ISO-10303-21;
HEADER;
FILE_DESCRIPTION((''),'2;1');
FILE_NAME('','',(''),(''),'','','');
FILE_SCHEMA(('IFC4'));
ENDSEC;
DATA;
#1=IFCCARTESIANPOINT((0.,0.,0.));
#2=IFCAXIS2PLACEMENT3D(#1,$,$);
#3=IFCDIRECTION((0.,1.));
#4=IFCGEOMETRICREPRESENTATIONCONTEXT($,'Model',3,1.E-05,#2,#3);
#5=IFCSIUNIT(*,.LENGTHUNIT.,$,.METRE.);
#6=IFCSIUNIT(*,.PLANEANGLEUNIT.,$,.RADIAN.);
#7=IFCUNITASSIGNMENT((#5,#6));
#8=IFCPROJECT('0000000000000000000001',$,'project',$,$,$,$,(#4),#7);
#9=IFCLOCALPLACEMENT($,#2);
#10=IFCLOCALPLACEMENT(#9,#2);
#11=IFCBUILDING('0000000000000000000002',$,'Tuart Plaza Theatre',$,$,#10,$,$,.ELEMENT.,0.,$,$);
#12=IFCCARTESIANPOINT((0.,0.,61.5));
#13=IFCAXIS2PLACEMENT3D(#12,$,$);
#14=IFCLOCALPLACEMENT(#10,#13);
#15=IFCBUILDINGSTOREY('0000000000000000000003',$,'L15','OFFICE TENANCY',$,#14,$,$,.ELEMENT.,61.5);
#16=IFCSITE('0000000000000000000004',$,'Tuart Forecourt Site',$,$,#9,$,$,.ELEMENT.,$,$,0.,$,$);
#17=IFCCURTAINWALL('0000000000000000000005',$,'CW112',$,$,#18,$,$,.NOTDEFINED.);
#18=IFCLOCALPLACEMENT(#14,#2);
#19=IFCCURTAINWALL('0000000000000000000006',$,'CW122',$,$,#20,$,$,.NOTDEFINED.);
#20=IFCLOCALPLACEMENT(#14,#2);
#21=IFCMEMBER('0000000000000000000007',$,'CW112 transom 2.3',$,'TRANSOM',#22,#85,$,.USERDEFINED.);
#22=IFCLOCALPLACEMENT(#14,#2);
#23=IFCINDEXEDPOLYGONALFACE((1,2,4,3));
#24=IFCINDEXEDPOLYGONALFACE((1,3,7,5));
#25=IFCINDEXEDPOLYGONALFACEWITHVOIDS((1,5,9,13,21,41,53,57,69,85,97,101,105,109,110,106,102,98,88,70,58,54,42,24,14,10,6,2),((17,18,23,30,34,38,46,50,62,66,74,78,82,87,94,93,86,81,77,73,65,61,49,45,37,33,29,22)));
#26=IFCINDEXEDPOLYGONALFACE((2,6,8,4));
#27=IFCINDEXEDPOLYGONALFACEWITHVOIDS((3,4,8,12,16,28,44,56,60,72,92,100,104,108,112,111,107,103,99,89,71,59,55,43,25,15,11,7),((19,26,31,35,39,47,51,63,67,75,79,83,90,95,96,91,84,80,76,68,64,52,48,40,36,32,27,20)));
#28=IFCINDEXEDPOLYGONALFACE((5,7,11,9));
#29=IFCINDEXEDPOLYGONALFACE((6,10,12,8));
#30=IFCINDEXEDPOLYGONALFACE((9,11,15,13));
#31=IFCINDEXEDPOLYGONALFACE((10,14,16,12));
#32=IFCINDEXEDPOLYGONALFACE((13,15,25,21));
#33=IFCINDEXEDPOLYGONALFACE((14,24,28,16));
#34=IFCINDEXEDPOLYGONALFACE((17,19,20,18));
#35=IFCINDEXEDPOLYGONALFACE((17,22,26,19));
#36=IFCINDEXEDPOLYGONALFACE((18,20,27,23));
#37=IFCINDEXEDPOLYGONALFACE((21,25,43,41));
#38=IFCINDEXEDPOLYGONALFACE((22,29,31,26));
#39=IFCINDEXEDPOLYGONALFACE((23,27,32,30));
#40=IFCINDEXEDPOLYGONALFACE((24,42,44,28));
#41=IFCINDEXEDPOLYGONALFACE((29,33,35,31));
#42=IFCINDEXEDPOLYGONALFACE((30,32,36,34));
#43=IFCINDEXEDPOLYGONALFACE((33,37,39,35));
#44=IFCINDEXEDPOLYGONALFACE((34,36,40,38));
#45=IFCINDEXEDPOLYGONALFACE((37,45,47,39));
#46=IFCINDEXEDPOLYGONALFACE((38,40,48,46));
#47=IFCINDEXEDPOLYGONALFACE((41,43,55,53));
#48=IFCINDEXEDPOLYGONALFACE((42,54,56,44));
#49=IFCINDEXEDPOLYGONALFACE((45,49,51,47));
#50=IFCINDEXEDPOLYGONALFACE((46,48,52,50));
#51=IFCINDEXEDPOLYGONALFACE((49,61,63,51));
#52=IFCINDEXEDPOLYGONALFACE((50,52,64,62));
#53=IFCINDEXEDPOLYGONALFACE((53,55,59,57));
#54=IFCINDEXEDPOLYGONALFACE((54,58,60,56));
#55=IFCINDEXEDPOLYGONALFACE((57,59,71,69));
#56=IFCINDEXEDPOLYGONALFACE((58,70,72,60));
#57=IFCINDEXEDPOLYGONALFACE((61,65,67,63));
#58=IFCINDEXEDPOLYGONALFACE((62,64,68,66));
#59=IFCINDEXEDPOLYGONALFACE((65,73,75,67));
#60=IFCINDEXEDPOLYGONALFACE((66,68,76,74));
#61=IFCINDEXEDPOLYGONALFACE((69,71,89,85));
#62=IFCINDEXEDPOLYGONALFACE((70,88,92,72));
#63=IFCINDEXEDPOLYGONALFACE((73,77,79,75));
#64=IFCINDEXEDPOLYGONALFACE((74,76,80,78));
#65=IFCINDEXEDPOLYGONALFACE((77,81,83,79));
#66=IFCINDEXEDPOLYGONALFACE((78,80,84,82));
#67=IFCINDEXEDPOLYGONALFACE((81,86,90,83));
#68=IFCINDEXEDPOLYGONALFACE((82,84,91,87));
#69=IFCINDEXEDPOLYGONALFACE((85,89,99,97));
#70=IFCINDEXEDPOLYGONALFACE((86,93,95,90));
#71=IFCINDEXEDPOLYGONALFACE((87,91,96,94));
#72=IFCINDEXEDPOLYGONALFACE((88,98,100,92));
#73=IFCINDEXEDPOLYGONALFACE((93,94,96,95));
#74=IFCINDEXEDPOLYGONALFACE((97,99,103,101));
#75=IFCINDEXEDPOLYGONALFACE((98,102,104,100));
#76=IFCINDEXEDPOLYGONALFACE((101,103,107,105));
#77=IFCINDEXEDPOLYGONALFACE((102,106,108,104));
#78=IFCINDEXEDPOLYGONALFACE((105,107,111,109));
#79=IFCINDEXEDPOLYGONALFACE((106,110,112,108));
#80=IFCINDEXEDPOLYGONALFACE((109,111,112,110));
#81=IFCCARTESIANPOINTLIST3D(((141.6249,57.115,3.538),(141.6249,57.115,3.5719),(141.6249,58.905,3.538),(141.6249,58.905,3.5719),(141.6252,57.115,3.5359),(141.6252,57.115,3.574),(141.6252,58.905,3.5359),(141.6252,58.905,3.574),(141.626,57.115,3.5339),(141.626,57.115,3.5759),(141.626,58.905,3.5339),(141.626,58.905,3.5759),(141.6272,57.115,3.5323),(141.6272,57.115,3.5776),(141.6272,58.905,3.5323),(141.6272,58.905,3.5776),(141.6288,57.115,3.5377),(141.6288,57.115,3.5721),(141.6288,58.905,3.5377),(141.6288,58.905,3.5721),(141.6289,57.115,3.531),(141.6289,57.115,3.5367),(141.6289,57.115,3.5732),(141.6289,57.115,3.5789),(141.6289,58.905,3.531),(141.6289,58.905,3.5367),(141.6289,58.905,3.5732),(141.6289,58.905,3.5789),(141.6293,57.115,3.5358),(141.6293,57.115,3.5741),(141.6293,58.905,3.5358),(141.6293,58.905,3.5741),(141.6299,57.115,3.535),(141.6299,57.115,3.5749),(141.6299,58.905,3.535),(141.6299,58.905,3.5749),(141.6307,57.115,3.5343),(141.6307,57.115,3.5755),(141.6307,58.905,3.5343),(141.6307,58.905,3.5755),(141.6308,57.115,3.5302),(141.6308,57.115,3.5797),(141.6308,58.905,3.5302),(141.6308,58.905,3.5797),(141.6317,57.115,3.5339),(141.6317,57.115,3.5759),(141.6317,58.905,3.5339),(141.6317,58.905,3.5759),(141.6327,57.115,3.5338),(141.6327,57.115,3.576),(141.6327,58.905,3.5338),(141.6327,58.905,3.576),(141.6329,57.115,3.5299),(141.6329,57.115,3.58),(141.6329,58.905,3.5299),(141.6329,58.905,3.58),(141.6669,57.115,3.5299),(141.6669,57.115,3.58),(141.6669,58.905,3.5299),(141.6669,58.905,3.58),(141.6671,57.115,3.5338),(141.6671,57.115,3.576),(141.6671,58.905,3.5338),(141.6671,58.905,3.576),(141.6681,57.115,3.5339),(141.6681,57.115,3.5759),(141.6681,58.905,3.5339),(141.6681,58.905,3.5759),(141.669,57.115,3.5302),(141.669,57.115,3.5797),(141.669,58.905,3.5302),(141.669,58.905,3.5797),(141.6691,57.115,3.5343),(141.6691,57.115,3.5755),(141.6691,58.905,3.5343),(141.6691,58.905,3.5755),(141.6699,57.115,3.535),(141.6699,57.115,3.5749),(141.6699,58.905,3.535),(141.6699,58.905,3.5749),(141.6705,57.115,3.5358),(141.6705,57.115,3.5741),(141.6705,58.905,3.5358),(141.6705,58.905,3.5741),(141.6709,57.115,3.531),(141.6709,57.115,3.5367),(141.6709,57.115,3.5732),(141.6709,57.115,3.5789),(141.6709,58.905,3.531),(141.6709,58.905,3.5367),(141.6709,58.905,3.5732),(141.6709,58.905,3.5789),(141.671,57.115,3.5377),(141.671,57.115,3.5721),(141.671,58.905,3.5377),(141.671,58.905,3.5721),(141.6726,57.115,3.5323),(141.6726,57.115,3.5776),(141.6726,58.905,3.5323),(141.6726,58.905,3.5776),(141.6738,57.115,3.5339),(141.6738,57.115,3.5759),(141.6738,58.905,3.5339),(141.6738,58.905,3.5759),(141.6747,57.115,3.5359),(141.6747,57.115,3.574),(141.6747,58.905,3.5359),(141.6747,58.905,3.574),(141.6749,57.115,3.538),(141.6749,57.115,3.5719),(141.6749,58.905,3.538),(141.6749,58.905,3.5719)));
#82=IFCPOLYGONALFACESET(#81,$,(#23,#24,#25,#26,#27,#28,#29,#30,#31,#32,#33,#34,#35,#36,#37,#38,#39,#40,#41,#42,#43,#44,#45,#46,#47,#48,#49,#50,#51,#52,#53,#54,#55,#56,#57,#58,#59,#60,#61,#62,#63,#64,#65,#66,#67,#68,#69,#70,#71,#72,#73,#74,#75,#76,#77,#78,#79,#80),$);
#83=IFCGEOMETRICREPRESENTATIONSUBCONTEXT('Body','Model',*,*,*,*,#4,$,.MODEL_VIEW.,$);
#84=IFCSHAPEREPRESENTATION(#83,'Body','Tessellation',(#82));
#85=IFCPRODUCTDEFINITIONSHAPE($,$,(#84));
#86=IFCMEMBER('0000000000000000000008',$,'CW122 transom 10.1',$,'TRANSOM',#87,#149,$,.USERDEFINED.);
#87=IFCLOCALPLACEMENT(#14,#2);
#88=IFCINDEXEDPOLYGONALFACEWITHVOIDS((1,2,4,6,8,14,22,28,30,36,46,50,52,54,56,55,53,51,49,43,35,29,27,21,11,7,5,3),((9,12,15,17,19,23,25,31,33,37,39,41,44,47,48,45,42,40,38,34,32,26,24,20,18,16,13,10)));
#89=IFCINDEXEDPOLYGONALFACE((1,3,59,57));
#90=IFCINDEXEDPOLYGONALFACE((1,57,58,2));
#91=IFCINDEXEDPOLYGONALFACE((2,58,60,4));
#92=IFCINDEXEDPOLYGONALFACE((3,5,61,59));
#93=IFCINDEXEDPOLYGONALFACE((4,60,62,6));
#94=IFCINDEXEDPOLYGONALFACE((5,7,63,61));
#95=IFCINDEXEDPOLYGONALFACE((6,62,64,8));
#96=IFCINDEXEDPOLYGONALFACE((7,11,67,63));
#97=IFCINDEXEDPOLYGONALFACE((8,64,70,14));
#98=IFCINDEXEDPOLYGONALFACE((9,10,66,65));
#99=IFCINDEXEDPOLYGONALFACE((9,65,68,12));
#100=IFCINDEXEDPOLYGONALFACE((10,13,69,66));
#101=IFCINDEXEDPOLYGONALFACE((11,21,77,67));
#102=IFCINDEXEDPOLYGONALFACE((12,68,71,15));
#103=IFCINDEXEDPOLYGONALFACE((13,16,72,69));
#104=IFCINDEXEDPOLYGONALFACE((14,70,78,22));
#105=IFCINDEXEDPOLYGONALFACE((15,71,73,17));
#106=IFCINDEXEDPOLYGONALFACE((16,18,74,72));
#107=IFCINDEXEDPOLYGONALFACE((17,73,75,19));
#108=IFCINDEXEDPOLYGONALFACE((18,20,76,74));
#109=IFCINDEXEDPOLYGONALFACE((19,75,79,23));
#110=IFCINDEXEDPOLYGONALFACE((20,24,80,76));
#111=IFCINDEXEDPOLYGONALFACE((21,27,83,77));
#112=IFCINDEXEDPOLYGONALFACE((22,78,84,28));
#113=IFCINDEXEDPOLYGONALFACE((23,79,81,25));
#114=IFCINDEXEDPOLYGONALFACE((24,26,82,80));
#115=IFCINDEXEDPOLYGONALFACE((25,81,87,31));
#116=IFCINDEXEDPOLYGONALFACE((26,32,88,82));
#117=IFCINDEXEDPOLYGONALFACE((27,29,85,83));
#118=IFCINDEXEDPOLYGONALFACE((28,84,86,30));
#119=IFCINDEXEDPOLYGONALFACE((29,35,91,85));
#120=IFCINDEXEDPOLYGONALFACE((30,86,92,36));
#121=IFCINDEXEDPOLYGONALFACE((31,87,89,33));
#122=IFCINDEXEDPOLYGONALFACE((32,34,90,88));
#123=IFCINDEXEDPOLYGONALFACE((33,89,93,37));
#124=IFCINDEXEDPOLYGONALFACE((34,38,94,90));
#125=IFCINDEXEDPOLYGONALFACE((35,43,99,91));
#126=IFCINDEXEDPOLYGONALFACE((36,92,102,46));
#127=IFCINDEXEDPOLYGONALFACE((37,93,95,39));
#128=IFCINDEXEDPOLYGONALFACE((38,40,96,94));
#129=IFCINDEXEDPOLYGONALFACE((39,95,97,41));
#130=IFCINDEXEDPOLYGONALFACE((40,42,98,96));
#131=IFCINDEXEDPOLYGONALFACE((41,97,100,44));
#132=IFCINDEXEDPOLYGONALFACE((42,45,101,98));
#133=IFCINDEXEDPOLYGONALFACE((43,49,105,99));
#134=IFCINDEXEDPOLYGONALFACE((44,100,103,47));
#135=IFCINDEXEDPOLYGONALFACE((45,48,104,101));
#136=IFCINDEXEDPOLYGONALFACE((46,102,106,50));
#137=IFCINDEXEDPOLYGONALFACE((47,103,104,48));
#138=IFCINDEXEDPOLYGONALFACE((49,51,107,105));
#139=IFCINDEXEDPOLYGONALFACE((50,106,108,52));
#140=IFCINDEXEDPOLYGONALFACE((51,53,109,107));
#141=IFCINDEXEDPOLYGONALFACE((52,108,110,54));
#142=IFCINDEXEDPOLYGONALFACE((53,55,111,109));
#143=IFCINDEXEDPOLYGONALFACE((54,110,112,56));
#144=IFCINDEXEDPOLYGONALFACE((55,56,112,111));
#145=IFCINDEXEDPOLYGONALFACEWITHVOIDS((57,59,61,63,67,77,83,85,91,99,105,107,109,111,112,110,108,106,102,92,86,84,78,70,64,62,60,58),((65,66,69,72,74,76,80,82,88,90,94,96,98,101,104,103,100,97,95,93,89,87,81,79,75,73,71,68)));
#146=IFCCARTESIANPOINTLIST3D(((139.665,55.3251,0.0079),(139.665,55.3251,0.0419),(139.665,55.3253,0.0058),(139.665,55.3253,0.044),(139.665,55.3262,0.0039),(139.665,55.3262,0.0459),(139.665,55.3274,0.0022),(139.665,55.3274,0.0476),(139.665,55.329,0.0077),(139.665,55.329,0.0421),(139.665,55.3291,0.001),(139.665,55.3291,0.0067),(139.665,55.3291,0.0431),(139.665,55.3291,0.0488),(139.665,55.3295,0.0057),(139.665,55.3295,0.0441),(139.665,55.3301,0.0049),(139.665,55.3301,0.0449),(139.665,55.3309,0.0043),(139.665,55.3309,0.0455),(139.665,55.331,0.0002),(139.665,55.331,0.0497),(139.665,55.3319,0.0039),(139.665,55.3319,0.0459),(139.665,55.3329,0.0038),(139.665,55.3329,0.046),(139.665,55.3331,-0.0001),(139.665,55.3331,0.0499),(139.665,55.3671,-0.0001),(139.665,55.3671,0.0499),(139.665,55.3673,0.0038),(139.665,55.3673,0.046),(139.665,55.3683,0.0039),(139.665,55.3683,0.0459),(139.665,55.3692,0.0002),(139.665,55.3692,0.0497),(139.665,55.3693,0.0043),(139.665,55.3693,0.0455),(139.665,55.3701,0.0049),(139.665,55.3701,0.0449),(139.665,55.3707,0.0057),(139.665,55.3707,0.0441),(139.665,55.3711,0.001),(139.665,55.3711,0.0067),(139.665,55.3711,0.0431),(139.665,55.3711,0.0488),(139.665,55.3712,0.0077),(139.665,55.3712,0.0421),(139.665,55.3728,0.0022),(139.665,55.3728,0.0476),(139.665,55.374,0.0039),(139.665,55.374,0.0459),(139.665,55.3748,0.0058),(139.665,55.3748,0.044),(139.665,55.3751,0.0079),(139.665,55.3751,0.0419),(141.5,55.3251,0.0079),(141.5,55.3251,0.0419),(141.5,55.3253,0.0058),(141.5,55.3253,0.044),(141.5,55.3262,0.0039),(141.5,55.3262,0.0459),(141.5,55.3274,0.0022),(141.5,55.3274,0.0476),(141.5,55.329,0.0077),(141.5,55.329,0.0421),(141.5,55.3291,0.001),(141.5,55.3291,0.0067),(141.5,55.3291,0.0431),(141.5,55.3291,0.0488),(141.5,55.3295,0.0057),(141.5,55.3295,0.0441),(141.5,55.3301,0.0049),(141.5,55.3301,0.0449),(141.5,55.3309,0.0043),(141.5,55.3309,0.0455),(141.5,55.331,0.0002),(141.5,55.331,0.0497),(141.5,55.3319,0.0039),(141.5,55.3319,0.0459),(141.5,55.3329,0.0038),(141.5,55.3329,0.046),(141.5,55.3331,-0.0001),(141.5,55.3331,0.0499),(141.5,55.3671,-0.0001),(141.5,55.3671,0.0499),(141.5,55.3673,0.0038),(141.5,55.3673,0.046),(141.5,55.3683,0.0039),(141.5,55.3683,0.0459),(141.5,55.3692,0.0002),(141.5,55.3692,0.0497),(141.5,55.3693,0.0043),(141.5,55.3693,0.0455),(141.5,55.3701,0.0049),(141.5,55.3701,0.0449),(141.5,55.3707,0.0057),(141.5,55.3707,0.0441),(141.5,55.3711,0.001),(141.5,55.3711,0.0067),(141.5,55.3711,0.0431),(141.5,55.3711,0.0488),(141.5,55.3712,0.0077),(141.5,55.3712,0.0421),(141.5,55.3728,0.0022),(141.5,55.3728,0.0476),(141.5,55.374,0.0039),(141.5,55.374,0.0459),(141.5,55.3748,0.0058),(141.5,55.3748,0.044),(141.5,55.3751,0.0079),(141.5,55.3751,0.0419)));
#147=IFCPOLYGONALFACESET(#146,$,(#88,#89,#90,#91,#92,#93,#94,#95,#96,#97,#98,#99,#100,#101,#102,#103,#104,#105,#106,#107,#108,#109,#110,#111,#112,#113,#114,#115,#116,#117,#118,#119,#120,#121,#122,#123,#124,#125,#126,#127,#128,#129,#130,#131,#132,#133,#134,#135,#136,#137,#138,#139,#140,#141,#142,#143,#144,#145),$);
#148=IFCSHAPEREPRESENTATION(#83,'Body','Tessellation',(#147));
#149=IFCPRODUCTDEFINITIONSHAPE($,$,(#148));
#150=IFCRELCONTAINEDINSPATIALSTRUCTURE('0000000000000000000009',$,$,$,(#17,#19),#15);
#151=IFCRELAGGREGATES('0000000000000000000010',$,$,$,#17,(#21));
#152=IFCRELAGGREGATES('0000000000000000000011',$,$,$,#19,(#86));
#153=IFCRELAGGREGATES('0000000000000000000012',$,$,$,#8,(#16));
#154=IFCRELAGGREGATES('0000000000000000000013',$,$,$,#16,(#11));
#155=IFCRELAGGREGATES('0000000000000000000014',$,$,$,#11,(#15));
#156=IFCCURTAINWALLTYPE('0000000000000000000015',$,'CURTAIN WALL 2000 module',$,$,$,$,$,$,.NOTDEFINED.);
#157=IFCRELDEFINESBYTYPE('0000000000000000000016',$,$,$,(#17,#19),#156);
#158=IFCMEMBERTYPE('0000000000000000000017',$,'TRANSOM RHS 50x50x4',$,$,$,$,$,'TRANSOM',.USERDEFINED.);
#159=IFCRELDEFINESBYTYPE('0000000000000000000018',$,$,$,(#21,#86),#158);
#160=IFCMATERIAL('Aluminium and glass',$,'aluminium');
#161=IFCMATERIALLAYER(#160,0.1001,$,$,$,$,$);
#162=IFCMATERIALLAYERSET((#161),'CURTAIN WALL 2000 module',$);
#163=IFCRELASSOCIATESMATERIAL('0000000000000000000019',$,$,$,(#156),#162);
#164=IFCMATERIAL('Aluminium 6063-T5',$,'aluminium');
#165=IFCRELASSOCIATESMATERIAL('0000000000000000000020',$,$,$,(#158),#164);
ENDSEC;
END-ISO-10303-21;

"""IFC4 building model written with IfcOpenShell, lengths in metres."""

from ifc_helpers import new_model, si_unit, direction, frame, origin, origin_2d, place, context, subcontext, project, spatial, hollow_rectangle, extrude, material, layer, layer_set, material_profile, profile_set, type_object, element, aggregate, save


model = new_model("IFC4")

# Units and contexts
model_context = context("Model", 3, precision=1e-05, world=origin(), true_north=direction((0.0, 1.0)))
body_context = subcontext(model_context, "Body", "Model", "MODEL_VIEW")
ifc_project = project(units=[si_unit("LENGTHUNIT", "METRE"), si_unit("PLANEANGLEUNIT", "RADIAN")], contexts=[model_context])

# Site, building, storey
site_placement = place(None, origin())
site = spatial("IfcSite", under=ifc_project, at=site_placement, Name="Tuart Forecourt Site", CompositionType="ELEMENT", RefElevation=0.0)
building_placement = place(site_placement, origin())
building = spatial("IfcBuilding", under=site, at=building_placement, Name="Tuart Plaza Theatre", CompositionType="ELEMENT", ElevationOfRefHeight=0.0)
storey_placement = place(building_placement, frame((0.0, 0.0, 61.5)))
storey = spatial("IfcBuildingStorey", under=building, at=storey_placement, Name="L15", Description="OFFICE TENANCY", CompositionType="ELEMENT", Elevation=61.5)

# Curtain wall
ifc_material_1 = material(Name="Aluminium and glass", Category="aluminium")
ifc_layer_1 = layer(ifc_material_1, 0.1001)
ifc_layer_set_1 = layer_set([ifc_layer_1], Name="CURTAIN WALL 2000 module")
curtain_wall_type = type_object("IfcCurtainWallType", Name="CURTAIN WALL 2000 module", PredefinedType="NOTDEFINED", material=ifc_layer_set_1)
curtain_wall_1_placement = place(storey_placement, origin())
curtain_wall_1 = element("IfcCurtainWall", 1, at=curtain_wall_1_placement, inside=storey, type_object=curtain_wall_type, Name="CW112", PredefinedType="NOTDEFINED")

# Curtain wall
curtain_wall_2_placement = place(storey_placement, origin())
curtain_wall_2 = element("IfcCurtainWall", 2, at=curtain_wall_2_placement, inside=storey, type_object=curtain_wall_type, Name="CW122", PredefinedType="NOTDEFINED")

# Members
ifc_material_2 = material(Name="Aluminium 6063-T5", Category="aluminium")
ifc_material_profile_1 = material_profile(ifc_material_2, hollow_rectangle(XDim=0.05, YDim=0.05, WallThickness=0.0039, InnerFilletRadius=0.0039, OuterFilletRadius=0.0081, at=origin_2d()), Name="RHS 50x50x4")
ifc_profile_set_1 = profile_set([ifc_material_profile_1], Name="Aluminium 6063-T5")
member_type_1 = type_object("IfcMemberType", Name="TRANSOM RHS 50x50x4", ElementType="TRANSOM", PredefinedType="USERDEFINED", material=ifc_profile_set_1)
member_1_placement = place(storey_placement, frame((141.6499, 57.115, 3.5549), z_axis=(0.0, 1.0, 0.0), x_axis=(-1.0, 0.0, 0.0)))
member_1 = element("IfcMember", 3, at=member_1_placement, type_object=member_type_1, Name="CW112 transom 2.3", ObjectType="TRANSOM", PredefinedType="USERDEFINED", context=body_context, shape_type="SweptSolid", body=[
    extrude(hollow_rectangle(XDim=0.05, YDim=0.05, WallThickness=0.0039, InnerFilletRadius=0.0039, OuterFilletRadius=0.0081, at=origin_2d()), origin(), (0.0, 0.0, 1.0), 1.79),
])
member_2_placement = place(storey_placement, frame((139.665, 55.3501, 0.0249), z_axis=(1.0, 0.0, 0.0), x_axis=(0.0, 1.0, 0.0)))
member_2 = element("IfcMember", 4, at=member_2_placement, type_object=member_type_1, Name="CW122 transom 10.1", ObjectType="TRANSOM", PredefinedType="USERDEFINED", context=body_context, shape_type="SweptSolid", body=[
    extrude(hollow_rectangle(XDim=0.05, YDim=0.05, WallThickness=0.0039, InnerFilletRadius=0.0039, OuterFilletRadius=0.0081, at=origin_2d()), origin(), (0.0, 0.0, 1.0), 1.835),
])

aggregate(curtain_wall_1, [member_1])
aggregate(curtain_wall_2, [member_2])

save(model, "model.ifc")
